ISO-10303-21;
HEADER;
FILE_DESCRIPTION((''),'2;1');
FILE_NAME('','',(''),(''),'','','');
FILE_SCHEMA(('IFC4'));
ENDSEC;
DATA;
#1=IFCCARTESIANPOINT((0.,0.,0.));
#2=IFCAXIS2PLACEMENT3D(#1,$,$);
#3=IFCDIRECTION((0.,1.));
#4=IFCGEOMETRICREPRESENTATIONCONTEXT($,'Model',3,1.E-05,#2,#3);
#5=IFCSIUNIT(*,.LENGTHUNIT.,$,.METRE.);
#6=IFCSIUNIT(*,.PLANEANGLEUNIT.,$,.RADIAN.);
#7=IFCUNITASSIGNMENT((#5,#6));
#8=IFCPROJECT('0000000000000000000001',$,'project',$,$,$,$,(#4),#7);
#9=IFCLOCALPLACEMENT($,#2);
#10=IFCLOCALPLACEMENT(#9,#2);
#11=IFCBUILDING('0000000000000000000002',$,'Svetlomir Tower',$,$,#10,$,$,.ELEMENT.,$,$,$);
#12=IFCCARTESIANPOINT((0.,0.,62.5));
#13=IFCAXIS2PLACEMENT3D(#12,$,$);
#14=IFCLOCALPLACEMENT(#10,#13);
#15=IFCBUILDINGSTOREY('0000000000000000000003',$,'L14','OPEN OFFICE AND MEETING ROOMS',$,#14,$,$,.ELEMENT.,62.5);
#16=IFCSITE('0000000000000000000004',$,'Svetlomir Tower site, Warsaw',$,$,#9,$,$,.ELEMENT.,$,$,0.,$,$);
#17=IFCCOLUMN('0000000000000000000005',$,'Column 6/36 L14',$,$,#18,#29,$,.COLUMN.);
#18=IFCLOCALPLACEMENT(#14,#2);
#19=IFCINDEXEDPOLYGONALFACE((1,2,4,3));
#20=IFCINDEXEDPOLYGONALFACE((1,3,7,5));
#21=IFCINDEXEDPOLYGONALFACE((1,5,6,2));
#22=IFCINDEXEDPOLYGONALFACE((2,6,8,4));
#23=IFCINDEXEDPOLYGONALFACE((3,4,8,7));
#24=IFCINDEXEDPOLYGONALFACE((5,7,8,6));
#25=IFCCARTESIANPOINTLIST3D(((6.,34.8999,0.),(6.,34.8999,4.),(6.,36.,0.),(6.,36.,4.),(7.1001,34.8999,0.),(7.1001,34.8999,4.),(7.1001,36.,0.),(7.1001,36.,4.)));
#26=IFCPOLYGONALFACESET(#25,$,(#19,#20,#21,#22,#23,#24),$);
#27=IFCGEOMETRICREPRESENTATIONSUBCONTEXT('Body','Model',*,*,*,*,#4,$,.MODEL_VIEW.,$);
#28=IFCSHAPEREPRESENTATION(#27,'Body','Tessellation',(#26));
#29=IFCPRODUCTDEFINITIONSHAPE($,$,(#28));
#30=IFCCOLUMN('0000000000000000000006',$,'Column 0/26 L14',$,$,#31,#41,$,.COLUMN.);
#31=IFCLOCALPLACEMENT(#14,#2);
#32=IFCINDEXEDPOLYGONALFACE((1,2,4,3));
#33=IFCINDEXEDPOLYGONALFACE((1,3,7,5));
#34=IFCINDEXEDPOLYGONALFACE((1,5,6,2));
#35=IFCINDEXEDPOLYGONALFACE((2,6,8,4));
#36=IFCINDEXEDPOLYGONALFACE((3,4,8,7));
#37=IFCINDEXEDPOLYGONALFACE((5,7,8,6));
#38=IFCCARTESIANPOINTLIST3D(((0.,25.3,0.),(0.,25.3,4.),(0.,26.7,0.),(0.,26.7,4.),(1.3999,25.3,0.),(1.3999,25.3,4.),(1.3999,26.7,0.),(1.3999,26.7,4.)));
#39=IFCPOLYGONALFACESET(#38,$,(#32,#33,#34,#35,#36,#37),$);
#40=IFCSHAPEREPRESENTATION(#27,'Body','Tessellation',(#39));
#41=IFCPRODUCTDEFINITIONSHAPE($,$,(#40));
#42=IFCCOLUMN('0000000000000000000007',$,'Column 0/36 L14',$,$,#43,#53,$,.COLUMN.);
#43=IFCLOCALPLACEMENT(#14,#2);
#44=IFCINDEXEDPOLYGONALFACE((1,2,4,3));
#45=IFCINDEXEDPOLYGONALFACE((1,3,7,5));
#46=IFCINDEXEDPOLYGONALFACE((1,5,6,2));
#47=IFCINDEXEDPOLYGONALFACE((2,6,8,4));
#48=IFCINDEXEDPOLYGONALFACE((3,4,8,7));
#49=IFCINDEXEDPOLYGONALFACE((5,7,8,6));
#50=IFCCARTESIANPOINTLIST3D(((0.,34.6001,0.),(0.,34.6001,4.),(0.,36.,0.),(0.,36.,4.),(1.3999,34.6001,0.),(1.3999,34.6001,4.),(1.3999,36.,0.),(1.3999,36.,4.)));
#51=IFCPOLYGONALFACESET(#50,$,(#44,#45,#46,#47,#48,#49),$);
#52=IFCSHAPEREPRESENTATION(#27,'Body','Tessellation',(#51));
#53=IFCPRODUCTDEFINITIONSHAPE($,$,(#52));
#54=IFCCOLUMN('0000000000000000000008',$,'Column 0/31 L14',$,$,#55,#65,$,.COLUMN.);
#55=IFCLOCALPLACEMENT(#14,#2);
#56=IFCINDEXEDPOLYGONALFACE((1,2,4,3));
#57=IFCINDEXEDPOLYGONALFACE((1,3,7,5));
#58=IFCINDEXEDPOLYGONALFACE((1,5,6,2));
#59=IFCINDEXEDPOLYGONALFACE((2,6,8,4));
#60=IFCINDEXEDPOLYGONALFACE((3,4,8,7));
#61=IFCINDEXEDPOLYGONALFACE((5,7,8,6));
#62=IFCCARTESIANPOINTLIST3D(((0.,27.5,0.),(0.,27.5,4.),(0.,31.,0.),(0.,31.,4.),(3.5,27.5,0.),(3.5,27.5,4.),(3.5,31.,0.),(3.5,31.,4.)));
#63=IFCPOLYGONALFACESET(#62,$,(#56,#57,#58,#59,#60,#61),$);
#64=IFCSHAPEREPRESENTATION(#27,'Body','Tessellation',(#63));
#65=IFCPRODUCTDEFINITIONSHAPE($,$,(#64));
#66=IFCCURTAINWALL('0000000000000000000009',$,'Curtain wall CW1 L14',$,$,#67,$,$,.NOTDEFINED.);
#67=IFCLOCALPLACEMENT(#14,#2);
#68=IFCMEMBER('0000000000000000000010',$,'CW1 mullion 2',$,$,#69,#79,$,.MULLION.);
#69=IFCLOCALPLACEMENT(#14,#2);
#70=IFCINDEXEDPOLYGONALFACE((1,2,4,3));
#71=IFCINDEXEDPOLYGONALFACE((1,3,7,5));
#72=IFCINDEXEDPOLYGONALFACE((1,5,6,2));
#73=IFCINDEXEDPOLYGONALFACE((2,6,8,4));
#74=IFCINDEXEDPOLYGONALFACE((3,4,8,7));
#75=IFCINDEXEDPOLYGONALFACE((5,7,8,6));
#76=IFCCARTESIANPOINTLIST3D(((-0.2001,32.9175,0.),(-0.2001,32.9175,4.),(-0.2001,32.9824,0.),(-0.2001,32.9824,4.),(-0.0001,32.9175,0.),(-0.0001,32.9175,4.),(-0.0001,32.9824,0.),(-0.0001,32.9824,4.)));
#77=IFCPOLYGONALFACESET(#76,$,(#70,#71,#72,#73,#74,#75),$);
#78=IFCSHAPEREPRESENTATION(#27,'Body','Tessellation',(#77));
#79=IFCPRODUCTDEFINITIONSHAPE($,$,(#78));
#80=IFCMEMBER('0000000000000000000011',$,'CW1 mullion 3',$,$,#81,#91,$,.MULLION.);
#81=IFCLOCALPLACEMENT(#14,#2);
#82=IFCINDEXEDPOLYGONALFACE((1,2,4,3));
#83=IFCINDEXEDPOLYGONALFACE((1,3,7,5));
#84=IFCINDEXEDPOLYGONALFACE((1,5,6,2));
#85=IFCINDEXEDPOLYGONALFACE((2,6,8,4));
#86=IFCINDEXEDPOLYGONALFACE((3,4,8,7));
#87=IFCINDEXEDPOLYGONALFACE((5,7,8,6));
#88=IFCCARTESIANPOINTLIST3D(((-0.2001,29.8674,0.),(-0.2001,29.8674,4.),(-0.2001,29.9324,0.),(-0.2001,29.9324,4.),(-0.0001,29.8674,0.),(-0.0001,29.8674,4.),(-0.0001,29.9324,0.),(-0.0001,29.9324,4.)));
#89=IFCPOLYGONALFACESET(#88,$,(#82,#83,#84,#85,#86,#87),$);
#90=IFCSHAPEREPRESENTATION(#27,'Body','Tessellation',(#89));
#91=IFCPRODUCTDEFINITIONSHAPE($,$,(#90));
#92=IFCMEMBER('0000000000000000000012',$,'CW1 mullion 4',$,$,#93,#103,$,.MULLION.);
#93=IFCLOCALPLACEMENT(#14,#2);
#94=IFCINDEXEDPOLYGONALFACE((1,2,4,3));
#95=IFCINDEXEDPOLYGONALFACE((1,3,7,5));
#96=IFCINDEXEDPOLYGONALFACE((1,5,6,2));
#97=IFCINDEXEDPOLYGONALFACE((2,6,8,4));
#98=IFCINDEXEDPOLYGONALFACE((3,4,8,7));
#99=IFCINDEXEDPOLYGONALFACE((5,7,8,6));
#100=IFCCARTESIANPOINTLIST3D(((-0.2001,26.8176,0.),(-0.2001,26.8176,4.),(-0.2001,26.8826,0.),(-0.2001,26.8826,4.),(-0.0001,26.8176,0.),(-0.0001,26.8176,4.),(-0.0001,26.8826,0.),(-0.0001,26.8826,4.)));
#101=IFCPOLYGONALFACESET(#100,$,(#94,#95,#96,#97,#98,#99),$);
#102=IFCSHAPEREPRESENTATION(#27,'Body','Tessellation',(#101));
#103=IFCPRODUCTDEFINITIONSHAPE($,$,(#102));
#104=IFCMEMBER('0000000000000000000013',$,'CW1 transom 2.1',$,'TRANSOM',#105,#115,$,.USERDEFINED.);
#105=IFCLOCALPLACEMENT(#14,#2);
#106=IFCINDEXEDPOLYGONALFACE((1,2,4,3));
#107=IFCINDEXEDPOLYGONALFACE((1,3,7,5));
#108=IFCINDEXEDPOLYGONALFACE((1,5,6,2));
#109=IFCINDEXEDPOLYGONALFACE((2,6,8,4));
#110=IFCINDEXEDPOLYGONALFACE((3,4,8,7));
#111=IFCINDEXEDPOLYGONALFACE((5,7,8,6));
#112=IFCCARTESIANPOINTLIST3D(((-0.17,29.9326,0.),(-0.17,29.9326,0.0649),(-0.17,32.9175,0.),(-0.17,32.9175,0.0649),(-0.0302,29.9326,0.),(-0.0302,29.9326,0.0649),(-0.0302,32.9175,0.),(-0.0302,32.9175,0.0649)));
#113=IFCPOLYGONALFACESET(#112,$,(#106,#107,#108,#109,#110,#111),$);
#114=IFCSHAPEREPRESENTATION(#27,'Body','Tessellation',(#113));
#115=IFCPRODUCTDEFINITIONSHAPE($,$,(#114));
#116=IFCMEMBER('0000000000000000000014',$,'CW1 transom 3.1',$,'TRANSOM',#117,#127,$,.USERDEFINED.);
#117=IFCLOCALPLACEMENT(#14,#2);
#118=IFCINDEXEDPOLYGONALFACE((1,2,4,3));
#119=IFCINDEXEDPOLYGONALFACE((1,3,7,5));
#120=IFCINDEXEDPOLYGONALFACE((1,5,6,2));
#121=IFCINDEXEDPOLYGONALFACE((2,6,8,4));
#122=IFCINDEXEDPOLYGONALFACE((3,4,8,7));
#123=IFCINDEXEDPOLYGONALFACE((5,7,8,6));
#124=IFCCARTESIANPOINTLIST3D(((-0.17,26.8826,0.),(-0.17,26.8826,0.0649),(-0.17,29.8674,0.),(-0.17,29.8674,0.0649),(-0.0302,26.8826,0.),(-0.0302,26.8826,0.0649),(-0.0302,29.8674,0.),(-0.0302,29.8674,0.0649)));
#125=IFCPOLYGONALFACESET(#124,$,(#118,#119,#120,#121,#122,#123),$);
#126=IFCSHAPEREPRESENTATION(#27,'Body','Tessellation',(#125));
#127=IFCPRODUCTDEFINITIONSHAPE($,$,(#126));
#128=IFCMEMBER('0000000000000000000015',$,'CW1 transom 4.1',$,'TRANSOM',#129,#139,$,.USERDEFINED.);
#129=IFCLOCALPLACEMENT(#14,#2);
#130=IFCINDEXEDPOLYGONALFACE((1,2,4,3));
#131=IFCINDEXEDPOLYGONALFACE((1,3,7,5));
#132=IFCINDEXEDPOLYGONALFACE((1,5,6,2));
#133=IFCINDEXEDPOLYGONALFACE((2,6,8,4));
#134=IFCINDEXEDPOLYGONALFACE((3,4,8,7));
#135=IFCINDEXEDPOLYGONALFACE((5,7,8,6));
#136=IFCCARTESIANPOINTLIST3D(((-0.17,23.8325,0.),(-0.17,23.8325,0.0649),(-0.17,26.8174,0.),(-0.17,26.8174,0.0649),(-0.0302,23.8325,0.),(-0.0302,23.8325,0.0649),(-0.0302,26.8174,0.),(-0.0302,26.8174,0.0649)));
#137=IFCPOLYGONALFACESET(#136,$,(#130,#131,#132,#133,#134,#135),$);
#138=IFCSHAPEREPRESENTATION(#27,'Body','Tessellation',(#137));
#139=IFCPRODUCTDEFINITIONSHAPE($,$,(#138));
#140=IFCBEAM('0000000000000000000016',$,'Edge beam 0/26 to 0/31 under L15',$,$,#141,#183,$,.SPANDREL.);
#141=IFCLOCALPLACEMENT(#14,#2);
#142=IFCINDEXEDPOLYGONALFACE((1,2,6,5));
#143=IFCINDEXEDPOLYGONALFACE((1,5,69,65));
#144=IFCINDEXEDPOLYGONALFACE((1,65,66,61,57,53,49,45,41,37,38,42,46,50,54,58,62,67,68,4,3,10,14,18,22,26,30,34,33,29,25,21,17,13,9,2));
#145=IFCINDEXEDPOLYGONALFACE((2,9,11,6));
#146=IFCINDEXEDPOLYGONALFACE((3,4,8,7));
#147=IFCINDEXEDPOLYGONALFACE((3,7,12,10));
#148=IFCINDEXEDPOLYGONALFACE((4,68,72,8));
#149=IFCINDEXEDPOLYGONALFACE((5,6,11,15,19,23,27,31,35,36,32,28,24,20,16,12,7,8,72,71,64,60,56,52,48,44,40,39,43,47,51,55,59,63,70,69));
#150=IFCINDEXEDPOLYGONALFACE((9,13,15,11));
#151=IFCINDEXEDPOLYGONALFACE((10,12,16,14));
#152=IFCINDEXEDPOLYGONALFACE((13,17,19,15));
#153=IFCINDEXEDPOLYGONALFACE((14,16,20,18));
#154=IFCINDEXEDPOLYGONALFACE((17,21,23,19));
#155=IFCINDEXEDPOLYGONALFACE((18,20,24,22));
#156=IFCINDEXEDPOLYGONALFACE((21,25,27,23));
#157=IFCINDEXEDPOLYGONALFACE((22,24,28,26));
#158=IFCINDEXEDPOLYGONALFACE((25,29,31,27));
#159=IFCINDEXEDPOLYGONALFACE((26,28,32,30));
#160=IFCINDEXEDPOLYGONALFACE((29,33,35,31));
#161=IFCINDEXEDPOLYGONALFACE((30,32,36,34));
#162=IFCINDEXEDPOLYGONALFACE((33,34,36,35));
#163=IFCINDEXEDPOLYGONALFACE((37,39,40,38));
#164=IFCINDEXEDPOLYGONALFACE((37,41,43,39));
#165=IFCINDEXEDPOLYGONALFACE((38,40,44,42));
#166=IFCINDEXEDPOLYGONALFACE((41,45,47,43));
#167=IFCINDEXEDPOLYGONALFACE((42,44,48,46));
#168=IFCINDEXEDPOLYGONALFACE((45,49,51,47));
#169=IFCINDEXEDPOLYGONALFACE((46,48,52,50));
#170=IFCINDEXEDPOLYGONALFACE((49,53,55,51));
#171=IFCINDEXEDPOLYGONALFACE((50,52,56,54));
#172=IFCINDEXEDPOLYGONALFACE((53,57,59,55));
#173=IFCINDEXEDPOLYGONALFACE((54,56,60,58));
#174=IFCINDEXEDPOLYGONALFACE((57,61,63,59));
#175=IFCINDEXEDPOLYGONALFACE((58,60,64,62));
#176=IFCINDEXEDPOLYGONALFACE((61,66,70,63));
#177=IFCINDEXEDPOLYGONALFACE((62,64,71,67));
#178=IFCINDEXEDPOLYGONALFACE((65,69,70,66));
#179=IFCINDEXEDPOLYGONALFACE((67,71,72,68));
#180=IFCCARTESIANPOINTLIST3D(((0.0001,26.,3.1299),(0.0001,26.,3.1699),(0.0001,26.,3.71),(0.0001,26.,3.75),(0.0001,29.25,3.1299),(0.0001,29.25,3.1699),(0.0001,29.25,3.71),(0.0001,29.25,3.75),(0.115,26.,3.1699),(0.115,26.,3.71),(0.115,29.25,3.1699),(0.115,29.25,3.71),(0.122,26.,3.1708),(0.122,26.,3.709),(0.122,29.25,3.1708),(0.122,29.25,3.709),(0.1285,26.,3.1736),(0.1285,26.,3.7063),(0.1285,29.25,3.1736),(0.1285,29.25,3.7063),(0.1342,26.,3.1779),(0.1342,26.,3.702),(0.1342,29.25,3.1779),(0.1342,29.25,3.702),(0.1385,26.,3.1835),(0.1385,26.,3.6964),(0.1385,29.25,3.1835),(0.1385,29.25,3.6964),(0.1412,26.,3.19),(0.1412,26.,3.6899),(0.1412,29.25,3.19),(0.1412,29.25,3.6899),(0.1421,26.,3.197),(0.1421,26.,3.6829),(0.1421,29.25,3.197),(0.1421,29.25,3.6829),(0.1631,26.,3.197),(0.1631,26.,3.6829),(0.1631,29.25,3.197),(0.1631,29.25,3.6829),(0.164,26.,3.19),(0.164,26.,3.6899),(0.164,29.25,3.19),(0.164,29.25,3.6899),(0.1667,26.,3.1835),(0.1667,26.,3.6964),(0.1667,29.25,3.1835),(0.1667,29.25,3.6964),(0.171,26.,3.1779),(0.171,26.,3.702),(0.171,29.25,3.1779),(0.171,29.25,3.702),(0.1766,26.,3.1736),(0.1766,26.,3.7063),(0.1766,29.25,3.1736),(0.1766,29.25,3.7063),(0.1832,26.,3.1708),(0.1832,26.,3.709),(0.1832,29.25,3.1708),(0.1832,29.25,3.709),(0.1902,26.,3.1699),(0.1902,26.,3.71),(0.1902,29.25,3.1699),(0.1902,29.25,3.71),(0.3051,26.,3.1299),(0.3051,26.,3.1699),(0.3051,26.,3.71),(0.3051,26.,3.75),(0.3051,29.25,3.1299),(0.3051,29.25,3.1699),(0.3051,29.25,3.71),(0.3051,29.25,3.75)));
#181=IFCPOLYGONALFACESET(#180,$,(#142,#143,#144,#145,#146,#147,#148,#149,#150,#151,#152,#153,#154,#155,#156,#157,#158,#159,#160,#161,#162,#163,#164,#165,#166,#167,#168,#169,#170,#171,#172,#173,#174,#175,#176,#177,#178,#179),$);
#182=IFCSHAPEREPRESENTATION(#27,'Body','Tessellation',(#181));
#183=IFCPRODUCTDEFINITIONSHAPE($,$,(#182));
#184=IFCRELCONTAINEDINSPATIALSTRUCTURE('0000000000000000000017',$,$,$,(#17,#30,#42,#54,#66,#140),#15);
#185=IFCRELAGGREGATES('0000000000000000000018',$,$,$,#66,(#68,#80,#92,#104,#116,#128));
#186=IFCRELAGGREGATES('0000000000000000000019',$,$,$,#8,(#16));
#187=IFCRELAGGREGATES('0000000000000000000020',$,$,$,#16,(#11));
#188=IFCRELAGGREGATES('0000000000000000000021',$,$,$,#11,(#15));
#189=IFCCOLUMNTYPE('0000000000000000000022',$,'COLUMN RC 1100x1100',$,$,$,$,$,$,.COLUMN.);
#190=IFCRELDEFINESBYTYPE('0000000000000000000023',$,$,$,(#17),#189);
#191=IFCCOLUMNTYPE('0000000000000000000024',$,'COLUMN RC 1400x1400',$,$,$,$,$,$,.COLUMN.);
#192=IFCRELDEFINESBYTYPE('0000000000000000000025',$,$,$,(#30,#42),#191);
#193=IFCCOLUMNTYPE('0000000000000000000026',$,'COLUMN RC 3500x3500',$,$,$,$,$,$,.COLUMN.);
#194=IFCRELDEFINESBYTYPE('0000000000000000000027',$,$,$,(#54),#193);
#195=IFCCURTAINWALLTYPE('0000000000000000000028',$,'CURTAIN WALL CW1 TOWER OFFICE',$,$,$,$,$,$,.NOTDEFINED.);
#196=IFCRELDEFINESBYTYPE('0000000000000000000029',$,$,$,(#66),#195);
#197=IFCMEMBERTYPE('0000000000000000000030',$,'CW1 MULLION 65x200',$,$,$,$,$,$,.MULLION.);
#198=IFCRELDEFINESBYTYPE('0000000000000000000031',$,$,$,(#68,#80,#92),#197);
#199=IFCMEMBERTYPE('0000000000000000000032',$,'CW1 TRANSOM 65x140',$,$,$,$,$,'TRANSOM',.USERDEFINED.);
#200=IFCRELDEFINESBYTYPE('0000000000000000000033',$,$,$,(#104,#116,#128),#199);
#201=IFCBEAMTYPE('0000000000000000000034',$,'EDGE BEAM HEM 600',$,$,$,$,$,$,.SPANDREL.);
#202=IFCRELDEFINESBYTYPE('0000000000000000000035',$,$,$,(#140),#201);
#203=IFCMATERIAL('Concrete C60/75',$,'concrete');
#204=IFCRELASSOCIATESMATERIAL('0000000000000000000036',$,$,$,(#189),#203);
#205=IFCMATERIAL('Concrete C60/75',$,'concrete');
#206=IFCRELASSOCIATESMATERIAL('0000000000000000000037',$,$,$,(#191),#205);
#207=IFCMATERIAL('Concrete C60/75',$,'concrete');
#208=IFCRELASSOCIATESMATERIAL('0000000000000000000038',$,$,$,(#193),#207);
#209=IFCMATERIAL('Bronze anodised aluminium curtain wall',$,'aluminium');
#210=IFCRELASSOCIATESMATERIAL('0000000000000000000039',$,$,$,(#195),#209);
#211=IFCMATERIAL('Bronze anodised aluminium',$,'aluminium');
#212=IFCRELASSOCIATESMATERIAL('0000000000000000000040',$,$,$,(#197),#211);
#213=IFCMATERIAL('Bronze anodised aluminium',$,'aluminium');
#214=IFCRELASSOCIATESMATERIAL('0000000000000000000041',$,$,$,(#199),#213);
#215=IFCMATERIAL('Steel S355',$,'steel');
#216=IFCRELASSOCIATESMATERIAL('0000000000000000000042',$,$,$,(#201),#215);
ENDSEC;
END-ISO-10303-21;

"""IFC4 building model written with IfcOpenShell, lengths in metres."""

from ifc_helpers import new_model, si_unit, direction, frame, origin, origin_2d, place, context, subcontext, project, spatial, rectangle, i_section, extrude, material, material_profile, profile_set, type_object, element, aggregate, save


model = new_model("IFC4")

# Units and contexts
model_context = context("Model", 3, precision=1e-05, world=origin(), true_north=direction((0.0, 1.0)))
body_context = subcontext(model_context, "Body", "Model", "MODEL_VIEW")
ifc_project = project(units=[si_unit("LENGTHUNIT", "METRE"), si_unit("PLANEANGLEUNIT", "RADIAN")], contexts=[model_context])

# Site, building, storey
site_placement = place(None, origin())
site = spatial("IfcSite", under=ifc_project, at=site_placement, Name="Svetlomir Tower site, Warsaw", CompositionType="ELEMENT", RefElevation=0.0)
building_placement = place(site_placement, origin())
building = spatial("IfcBuilding", under=site, at=building_placement, Name="Svetlomir Tower", CompositionType="ELEMENT")
storey_placement = place(building_placement, frame((0.0, 0.0, 62.5)))
storey = spatial("IfcBuildingStorey", under=building, at=storey_placement, Name="L14", Description="OPEN OFFICE AND MEETING ROOMS", CompositionType="ELEMENT", Elevation=62.5)

# Columns
ifc_material_1 = material(Name="Concrete C60/75", Category="concrete")
ifc_material_profile_1 = material_profile(ifc_material_1, rectangle(XDim=1.1001, YDim=1.1001, at=origin_2d()), Name="RC 1100x1100")
ifc_profile_set_1 = profile_set([ifc_material_profile_1], Name="Concrete C60/75")
column_type_1 = type_object("IfcColumnType", Name="COLUMN RC 1100x1100", PredefinedType="COLUMN", material=ifc_profile_set_1)
column_1_placement = place(storey_placement, frame((6.55, 35.45, 0.0), z_axis=(0.0, 0.0, 1.0), x_axis=(1.0, 0.0, 0.0)))
element("IfcColumn", 1, at=column_1_placement, inside=storey, type_object=column_type_1, Name="Column 6/36 L14", PredefinedType="COLUMN", context=body_context, shape_type="SweptSolid", body=[
    extrude(rectangle(XDim=1.1001, YDim=1.1001, at=origin_2d()), origin(), (0.0, 0.0, 1.0), 4.0),
])
ifc_material_2 = material(Name="Concrete C60/75", Category="concrete")
ifc_material_profile_2 = material_profile(ifc_material_2, rectangle(XDim=1.3999, YDim=1.3999, at=origin_2d()), Name="RC 1400x1400")
ifc_profile_set_2 = profile_set([ifc_material_profile_2], Name="Concrete C60/75")
column_type_2 = type_object("IfcColumnType", Name="COLUMN RC 1400x1400", PredefinedType="COLUMN", material=ifc_profile_set_2)
for number, where, z_axis, x_axis, name in (
    (2, (0.7, 26.0, 0.0), (0.0, 0.0, 1.0), (1.0, 0.0, 0.0), "Column 0/26 L14"),
    (3, (0.7, 35.3, 0.0), (0.0, 0.0, 1.0), (1.0, 0.0, 0.0), "Column 0/36 L14"),
):
    element("IfcColumn", number, at=place(storey_placement, frame(where, z_axis=z_axis, x_axis=x_axis)), inside=storey, type_object=column_type_2, Name=name, PredefinedType="COLUMN", context=body_context, shape_type="SweptSolid", body=[
        extrude(rectangle(XDim=1.3999, YDim=1.3999, at=origin_2d()), origin(), (0.0, 0.0, 1.0), 4.0),
    ])
ifc_material_3 = material(Name="Concrete C60/75", Category="concrete")
ifc_material_profile_3 = material_profile(ifc_material_3, rectangle(XDim=3.5, YDim=3.5, at=origin_2d()), Name="RC 3500x3500")
ifc_profile_set_3 = profile_set([ifc_material_profile_3], Name="Concrete C60/75")
column_type_3 = type_object("IfcColumnType", Name="COLUMN RC 3500x3500", PredefinedType="COLUMN", material=ifc_profile_set_3)
column_2_placement = place(storey_placement, frame((1.75, 29.25, 0.0), z_axis=(0.0, 0.0, 1.0), x_axis=(1.0, 0.0, 0.0)))
element("IfcColumn", 4, at=column_2_placement, inside=storey, type_object=column_type_3, Name="Column 0/31 L14", PredefinedType="COLUMN", context=body_context, shape_type="SweptSolid", body=[
    extrude(rectangle(XDim=3.5, YDim=3.5, at=origin_2d()), origin(), (0.0, 0.0, 1.0), 4.0),
])

# Curtain wall, members
ifc_material_4 = material(Name="Bronze anodised aluminium curtain wall", Category="aluminium")
curtain_wall_type = type_object("IfcCurtainWallType", Name="CURTAIN WALL CW1 TOWER OFFICE", PredefinedType="NOTDEFINED", material=ifc_material_4)
curtain_wall_placement = place(storey_placement, origin())
curtain_wall = element("IfcCurtainWall", 5, at=curtain_wall_placement, inside=storey, type_object=curtain_wall_type, Name="Curtain wall CW1 L14", PredefinedType="NOTDEFINED")
ifc_material_5 = material(Name="Bronze anodised aluminium", Category="aluminium")
ifc_material_profile_4 = material_profile(ifc_material_5, rectangle(XDim=0.0649, YDim=0.2, at=origin_2d()), Name="AL 65x200")
ifc_profile_set_4 = profile_set([ifc_material_profile_4], Name="Bronze anodised aluminium 6063-T6")
member_type_1 = type_object("IfcMemberType", Name="CW1 MULLION 65x200", PredefinedType="MULLION", material=ifc_profile_set_4)
member_1_placement = place(storey_placement, frame((-0.1001, 32.95, 0.0), z_axis=(0.0, 0.0, 1.0), x_axis=(0.0, -1.0, 0.0)))
member_1 = element("IfcMember", 6, at=member_1_placement, type_object=member_type_1, Name="CW1 mullion 2", PredefinedType="MULLION", context=body_context, shape_type="SweptSolid", body=[
    extrude(rectangle(XDim=0.0649, YDim=0.2, at=origin_2d()), origin(), (0.0, 0.0, 1.0), 4.0),
])
member_2_placement = place(storey_placement, frame((-0.1001, 29.8999, 0.0), z_axis=(0.0, 0.0, 1.0), x_axis=(0.0, -1.0, 0.0)))
member_2 = element("IfcMember", 7, at=member_2_placement, type_object=member_type_1, Name="CW1 mullion 3", PredefinedType="MULLION", context=body_context, shape_type="SweptSolid", body=[
    extrude(rectangle(XDim=0.0649, YDim=0.2, at=origin_2d()), origin(), (0.0, 0.0, 1.0), 4.0),
])
member_3_placement = place(storey_placement, frame((-0.1001, 26.8501, 0.0), z_axis=(0.0, 0.0, 1.0), x_axis=(0.0, -1.0, 0.0)))
member_3 = element("IfcMember", 8, at=member_3_placement, type_object=member_type_1, Name="CW1 mullion 4", PredefinedType="MULLION", context=body_context, shape_type="SweptSolid", body=[
    extrude(rectangle(XDim=0.0649, YDim=0.2, at=origin_2d()), origin(), (0.0, 0.0, 1.0), 4.0),
])
ifc_material_6 = material(Name="Bronze anodised aluminium", Category="aluminium")
ifc_material_profile_5 = material_profile(ifc_material_6, rectangle(XDim=0.1399, YDim=0.0649, at=origin_2d()), Name="AL 140x65")
ifc_profile_set_5 = profile_set([ifc_material_profile_5], Name="Bronze anodised aluminium 6063-T6")
member_type_2 = type_object("IfcMemberType", Name="CW1 TRANSOM 65x140", ElementType="TRANSOM", PredefinedType="USERDEFINED", material=ifc_profile_set_5)
member_4_placement = place(storey_placement, frame((-0.1001, 32.9175, 0.0325), z_axis=(0.0, -1.0, 0.0), x_axis=(1.0, 0.0, 0.0)))
member_4 = element("IfcMember", 9, at=member_4_placement, type_object=member_type_2, Name="CW1 transom 2.1", ObjectType="TRANSOM", PredefinedType="USERDEFINED", context=body_context, shape_type="SweptSolid", body=[
    extrude(rectangle(XDim=0.1399, YDim=0.0649, at=origin_2d()), origin(), (0.0, 0.0, 1.0), 2.9849),
])
member_5_placement = place(storey_placement, frame((-0.1001, 29.8674, 0.0325), z_axis=(0.0, -1.0, 0.0), x_axis=(1.0, 0.0, 0.0)))
member_5 = element("IfcMember", 10, at=member_5_placement, type_object=member_type_2, Name="CW1 transom 3.1", ObjectType="TRANSOM", PredefinedType="USERDEFINED", context=body_context, shape_type="SweptSolid", body=[
    extrude(rectangle(XDim=0.1399, YDim=0.0649, at=origin_2d()), origin(), (0.0, 0.0, 1.0), 2.9849),
])
member_6_placement = place(storey_placement, frame((-0.1001, 26.8174, 0.0325), z_axis=(0.0, -1.0, 0.0), x_axis=(1.0, 0.0, 0.0)))
member_6 = element("IfcMember", 11, at=member_6_placement, type_object=member_type_2, Name="CW1 transom 4.1", ObjectType="TRANSOM", PredefinedType="USERDEFINED", context=body_context, shape_type="SweptSolid", body=[
    extrude(rectangle(XDim=0.1399, YDim=0.0649, at=origin_2d()), origin(), (0.0, 0.0, 1.0), 2.9849),
])

# Beam
ifc_material_7 = material(Name="Steel S355", Category="steel")
ifc_material_profile_6 = material_profile(ifc_material_7, i_section(OverallWidth=0.3049, OverallDepth=0.6201, WebThickness=0.021, FlangeThickness=0.04, FilletRadius=0.0271, at=origin_2d()), Name="HEM 600")
ifc_profile_set_6 = profile_set([ifc_material_profile_6], Name="Steel S355")
beam_type = type_object("IfcBeamType", Name="EDGE BEAM HEM 600", PredefinedType="SPANDREL", material=ifc_profile_set_6)
beam_1_placement = place(storey_placement, frame((0.1526, 26.0, 3.4399), z_axis=(0.0, 1.0, 0.0), x_axis=(-1.0, 0.0, 0.0)))
element("IfcBeam", 12, at=beam_1_placement, inside=storey, type_object=beam_type, Name="Edge beam 0/26 to 0/31 under L15", PredefinedType="SPANDREL", context=body_context, shape_type="SweptSolid", body=[
    extrude(i_section(OverallWidth=0.3049, OverallDepth=0.6201, WebThickness=0.021, FlangeThickness=0.04, FilletRadius=0.0271, at=origin_2d()), origin(), (0.0, 0.0, 1.0), 3.25),
])

aggregate(curtain_wall, [member_1, member_2, member_3, member_4, member_5, member_6])

save(model, "model.ifc")
